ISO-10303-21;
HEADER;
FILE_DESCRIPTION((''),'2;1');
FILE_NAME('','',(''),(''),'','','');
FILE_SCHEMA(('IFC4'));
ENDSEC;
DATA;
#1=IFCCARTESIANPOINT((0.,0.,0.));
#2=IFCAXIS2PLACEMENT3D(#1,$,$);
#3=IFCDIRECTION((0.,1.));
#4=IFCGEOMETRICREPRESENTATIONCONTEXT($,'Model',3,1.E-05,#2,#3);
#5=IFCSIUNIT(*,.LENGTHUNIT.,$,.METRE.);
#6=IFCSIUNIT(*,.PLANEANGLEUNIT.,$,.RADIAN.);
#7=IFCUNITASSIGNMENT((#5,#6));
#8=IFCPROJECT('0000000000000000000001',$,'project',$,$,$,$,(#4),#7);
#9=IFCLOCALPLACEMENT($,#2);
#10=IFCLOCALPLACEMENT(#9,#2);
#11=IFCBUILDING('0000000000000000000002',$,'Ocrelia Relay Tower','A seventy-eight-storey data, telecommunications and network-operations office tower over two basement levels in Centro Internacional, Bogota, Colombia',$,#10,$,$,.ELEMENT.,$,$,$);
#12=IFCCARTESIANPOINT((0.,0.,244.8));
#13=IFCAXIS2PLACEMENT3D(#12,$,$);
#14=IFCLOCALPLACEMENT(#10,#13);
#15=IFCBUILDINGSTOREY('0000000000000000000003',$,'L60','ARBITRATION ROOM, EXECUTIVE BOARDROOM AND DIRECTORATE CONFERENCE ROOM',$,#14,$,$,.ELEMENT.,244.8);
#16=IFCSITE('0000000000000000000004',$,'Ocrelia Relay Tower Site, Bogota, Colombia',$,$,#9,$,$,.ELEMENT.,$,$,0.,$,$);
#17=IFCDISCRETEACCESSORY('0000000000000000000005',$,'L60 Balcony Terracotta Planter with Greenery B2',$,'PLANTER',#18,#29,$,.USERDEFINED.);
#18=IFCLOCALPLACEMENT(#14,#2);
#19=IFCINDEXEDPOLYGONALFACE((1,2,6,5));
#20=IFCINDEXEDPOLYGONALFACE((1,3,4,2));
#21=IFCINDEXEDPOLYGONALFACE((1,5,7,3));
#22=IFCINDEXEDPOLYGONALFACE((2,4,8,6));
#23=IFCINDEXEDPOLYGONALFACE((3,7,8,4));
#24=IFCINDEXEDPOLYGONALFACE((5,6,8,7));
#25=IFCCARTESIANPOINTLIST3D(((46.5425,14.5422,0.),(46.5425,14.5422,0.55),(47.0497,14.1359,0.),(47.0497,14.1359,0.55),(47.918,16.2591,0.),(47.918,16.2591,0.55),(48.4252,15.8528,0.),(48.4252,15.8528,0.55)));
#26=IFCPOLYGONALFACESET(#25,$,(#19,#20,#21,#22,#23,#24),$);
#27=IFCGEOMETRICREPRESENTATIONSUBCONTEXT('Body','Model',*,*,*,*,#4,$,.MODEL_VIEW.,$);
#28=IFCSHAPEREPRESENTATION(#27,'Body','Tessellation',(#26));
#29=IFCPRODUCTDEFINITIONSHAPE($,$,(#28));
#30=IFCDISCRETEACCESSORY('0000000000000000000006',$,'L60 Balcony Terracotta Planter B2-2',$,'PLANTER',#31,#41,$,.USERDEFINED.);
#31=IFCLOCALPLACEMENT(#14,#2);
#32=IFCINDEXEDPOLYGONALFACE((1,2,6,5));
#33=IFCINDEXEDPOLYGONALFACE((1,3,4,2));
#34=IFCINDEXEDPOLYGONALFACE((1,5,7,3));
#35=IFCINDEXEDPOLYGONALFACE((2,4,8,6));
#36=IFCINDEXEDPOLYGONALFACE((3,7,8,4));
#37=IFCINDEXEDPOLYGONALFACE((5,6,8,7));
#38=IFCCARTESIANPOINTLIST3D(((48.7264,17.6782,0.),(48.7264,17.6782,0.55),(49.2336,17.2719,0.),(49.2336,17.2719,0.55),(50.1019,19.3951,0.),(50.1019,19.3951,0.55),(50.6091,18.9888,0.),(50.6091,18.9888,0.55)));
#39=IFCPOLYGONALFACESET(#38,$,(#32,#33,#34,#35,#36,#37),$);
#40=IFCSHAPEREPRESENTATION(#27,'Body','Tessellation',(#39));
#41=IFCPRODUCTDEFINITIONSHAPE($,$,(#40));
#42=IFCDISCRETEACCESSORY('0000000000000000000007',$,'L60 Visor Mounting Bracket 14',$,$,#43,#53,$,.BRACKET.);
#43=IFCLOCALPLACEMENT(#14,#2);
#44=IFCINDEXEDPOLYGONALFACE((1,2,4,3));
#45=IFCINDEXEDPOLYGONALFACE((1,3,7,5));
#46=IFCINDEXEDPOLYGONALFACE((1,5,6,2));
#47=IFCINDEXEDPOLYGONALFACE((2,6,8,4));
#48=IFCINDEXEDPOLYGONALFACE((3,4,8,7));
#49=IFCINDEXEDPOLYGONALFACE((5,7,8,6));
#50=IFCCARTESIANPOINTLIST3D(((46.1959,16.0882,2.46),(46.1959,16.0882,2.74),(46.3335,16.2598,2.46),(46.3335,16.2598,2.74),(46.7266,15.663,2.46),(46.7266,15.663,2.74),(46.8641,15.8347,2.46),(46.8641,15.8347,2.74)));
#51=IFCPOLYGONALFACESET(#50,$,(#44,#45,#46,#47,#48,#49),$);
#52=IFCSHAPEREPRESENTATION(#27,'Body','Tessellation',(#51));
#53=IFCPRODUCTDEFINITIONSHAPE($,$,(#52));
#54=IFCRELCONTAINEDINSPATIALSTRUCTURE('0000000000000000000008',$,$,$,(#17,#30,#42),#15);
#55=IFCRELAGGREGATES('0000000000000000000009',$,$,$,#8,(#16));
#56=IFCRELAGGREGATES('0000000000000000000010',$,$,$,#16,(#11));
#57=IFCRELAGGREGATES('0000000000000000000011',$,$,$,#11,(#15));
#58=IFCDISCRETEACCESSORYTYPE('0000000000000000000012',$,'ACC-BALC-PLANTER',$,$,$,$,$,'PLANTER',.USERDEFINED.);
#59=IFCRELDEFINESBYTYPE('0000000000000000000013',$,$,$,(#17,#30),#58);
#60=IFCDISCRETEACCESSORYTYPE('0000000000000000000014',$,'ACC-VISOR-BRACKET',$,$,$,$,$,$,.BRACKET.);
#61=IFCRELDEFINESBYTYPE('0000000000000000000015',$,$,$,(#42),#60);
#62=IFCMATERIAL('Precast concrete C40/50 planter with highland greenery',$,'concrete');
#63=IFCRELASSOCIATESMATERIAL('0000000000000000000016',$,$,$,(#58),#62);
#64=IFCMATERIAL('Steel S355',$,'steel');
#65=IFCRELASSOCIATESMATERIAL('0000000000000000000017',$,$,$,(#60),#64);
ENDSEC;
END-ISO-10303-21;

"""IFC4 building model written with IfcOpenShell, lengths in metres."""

from ifc_helpers import new_model, si_unit, direction, frame, origin, origin_2d, place, context, subcontext, project, spatial, rectangle, extrude, material, type_object, element, save


model = new_model("IFC4")

# Units and contexts
model_context = context("Model", 3, precision=1e-05, world=origin(), true_north=direction((0.0, 1.0)))
body_context = subcontext(model_context, "Body", "Model", "MODEL_VIEW")
ifc_project = project(units=[si_unit("LENGTHUNIT", "METRE"), si_unit("PLANEANGLEUNIT", "RADIAN")], contexts=[model_context])

# Site, building, storey
site_placement = place(None, origin())
site = spatial("IfcSite", under=ifc_project, at=site_placement, Name="Ocrelia Relay Tower Site, Bogota, Colombia", CompositionType="ELEMENT", RefElevation=0.0)
building_placement = place(site_placement, origin())
building = spatial("IfcBuilding", under=site, at=building_placement, Name="Ocrelia Relay Tower", Description="A seventy-eight-storey data, telecommunications and network-operations office tower over two basement levels in Centro Internacional, Bogota, Colombia", CompositionType="ELEMENT")
storey_placement = place(building_placement, frame((0.0, 0.0, 244.8)))
storey = spatial("IfcBuildingStorey", under=building, at=storey_placement, Name="L60", Description="ARBITRATION ROOM, EXECUTIVE BOARDROOM AND DIRECTORATE CONFERENCE ROOM", CompositionType="ELEMENT", Elevation=244.8)

# Shared definitions
ifc_material_1 = material(Name="Steel S355", Category="steel")

# Discrete accessories
ifc_material_2 = material(Name="Precast concrete C40/50 planter with highland greenery", Category="concrete")
discrete_accessory_type_1 = type_object("IfcDiscreteAccessoryType", Name="ACC-BALC-PLANTER", ElementType="PLANTER", PredefinedType="USERDEFINED", material=ifc_material_2)
for number, where, z_axis, x_axis, name in (
    (1, (47.4839, 15.1975, 0.0), (0.0, 0.0, 1.0), (-0.625246, -0.780428, 0.0), "L60 Balcony Terracotta Planter with Greenery B2"),
    (2, (49.6677, 18.3335, 0.0), (0.0, 0.0, 1.0), (-0.625246, -0.780428, 0.0), "L60 Balcony Terracotta Planter B2-2"),
):
    element("IfcDiscreteAccessory", number, at=place(storey_placement, frame(where, z_axis=z_axis, x_axis=x_axis)), inside=storey, type_object=discrete_accessory_type_1, Name=name, ObjectType="PLANTER", PredefinedType="USERDEFINED", context=body_context, shape_type="SweptSolid", body=[
        extrude(rectangle(XDim=2.2, YDim=0.6499, at=origin_2d()), origin(), (0.0, 0.0, 1.0), 0.55),
    ])
discrete_accessory_type_2 = type_object("IfcDiscreteAccessoryType", Name="ACC-VISOR-BRACKET", PredefinedType="BRACKET", material=ifc_material_1)
discrete_accessory_placement = place(storey_placement, frame((46.53, 15.9614, 2.46), z_axis=(0.0, 0.0, 1.0), x_axis=(0.625245, 0.780429, 0.0)))
element("IfcDiscreteAccessory", 3, at=discrete_accessory_placement, inside=storey, type_object=discrete_accessory_type_2, Name="L60 Visor Mounting Bracket 14", PredefinedType="BRACKET", context=body_context, shape_type="SweptSolid", body=[
    extrude(rectangle(XDim=0.22, YDim=0.6799, at=origin_2d()), origin(), (0.0, 0.0, 1.0), 0.28),
])

save(model, "model.ifc")
